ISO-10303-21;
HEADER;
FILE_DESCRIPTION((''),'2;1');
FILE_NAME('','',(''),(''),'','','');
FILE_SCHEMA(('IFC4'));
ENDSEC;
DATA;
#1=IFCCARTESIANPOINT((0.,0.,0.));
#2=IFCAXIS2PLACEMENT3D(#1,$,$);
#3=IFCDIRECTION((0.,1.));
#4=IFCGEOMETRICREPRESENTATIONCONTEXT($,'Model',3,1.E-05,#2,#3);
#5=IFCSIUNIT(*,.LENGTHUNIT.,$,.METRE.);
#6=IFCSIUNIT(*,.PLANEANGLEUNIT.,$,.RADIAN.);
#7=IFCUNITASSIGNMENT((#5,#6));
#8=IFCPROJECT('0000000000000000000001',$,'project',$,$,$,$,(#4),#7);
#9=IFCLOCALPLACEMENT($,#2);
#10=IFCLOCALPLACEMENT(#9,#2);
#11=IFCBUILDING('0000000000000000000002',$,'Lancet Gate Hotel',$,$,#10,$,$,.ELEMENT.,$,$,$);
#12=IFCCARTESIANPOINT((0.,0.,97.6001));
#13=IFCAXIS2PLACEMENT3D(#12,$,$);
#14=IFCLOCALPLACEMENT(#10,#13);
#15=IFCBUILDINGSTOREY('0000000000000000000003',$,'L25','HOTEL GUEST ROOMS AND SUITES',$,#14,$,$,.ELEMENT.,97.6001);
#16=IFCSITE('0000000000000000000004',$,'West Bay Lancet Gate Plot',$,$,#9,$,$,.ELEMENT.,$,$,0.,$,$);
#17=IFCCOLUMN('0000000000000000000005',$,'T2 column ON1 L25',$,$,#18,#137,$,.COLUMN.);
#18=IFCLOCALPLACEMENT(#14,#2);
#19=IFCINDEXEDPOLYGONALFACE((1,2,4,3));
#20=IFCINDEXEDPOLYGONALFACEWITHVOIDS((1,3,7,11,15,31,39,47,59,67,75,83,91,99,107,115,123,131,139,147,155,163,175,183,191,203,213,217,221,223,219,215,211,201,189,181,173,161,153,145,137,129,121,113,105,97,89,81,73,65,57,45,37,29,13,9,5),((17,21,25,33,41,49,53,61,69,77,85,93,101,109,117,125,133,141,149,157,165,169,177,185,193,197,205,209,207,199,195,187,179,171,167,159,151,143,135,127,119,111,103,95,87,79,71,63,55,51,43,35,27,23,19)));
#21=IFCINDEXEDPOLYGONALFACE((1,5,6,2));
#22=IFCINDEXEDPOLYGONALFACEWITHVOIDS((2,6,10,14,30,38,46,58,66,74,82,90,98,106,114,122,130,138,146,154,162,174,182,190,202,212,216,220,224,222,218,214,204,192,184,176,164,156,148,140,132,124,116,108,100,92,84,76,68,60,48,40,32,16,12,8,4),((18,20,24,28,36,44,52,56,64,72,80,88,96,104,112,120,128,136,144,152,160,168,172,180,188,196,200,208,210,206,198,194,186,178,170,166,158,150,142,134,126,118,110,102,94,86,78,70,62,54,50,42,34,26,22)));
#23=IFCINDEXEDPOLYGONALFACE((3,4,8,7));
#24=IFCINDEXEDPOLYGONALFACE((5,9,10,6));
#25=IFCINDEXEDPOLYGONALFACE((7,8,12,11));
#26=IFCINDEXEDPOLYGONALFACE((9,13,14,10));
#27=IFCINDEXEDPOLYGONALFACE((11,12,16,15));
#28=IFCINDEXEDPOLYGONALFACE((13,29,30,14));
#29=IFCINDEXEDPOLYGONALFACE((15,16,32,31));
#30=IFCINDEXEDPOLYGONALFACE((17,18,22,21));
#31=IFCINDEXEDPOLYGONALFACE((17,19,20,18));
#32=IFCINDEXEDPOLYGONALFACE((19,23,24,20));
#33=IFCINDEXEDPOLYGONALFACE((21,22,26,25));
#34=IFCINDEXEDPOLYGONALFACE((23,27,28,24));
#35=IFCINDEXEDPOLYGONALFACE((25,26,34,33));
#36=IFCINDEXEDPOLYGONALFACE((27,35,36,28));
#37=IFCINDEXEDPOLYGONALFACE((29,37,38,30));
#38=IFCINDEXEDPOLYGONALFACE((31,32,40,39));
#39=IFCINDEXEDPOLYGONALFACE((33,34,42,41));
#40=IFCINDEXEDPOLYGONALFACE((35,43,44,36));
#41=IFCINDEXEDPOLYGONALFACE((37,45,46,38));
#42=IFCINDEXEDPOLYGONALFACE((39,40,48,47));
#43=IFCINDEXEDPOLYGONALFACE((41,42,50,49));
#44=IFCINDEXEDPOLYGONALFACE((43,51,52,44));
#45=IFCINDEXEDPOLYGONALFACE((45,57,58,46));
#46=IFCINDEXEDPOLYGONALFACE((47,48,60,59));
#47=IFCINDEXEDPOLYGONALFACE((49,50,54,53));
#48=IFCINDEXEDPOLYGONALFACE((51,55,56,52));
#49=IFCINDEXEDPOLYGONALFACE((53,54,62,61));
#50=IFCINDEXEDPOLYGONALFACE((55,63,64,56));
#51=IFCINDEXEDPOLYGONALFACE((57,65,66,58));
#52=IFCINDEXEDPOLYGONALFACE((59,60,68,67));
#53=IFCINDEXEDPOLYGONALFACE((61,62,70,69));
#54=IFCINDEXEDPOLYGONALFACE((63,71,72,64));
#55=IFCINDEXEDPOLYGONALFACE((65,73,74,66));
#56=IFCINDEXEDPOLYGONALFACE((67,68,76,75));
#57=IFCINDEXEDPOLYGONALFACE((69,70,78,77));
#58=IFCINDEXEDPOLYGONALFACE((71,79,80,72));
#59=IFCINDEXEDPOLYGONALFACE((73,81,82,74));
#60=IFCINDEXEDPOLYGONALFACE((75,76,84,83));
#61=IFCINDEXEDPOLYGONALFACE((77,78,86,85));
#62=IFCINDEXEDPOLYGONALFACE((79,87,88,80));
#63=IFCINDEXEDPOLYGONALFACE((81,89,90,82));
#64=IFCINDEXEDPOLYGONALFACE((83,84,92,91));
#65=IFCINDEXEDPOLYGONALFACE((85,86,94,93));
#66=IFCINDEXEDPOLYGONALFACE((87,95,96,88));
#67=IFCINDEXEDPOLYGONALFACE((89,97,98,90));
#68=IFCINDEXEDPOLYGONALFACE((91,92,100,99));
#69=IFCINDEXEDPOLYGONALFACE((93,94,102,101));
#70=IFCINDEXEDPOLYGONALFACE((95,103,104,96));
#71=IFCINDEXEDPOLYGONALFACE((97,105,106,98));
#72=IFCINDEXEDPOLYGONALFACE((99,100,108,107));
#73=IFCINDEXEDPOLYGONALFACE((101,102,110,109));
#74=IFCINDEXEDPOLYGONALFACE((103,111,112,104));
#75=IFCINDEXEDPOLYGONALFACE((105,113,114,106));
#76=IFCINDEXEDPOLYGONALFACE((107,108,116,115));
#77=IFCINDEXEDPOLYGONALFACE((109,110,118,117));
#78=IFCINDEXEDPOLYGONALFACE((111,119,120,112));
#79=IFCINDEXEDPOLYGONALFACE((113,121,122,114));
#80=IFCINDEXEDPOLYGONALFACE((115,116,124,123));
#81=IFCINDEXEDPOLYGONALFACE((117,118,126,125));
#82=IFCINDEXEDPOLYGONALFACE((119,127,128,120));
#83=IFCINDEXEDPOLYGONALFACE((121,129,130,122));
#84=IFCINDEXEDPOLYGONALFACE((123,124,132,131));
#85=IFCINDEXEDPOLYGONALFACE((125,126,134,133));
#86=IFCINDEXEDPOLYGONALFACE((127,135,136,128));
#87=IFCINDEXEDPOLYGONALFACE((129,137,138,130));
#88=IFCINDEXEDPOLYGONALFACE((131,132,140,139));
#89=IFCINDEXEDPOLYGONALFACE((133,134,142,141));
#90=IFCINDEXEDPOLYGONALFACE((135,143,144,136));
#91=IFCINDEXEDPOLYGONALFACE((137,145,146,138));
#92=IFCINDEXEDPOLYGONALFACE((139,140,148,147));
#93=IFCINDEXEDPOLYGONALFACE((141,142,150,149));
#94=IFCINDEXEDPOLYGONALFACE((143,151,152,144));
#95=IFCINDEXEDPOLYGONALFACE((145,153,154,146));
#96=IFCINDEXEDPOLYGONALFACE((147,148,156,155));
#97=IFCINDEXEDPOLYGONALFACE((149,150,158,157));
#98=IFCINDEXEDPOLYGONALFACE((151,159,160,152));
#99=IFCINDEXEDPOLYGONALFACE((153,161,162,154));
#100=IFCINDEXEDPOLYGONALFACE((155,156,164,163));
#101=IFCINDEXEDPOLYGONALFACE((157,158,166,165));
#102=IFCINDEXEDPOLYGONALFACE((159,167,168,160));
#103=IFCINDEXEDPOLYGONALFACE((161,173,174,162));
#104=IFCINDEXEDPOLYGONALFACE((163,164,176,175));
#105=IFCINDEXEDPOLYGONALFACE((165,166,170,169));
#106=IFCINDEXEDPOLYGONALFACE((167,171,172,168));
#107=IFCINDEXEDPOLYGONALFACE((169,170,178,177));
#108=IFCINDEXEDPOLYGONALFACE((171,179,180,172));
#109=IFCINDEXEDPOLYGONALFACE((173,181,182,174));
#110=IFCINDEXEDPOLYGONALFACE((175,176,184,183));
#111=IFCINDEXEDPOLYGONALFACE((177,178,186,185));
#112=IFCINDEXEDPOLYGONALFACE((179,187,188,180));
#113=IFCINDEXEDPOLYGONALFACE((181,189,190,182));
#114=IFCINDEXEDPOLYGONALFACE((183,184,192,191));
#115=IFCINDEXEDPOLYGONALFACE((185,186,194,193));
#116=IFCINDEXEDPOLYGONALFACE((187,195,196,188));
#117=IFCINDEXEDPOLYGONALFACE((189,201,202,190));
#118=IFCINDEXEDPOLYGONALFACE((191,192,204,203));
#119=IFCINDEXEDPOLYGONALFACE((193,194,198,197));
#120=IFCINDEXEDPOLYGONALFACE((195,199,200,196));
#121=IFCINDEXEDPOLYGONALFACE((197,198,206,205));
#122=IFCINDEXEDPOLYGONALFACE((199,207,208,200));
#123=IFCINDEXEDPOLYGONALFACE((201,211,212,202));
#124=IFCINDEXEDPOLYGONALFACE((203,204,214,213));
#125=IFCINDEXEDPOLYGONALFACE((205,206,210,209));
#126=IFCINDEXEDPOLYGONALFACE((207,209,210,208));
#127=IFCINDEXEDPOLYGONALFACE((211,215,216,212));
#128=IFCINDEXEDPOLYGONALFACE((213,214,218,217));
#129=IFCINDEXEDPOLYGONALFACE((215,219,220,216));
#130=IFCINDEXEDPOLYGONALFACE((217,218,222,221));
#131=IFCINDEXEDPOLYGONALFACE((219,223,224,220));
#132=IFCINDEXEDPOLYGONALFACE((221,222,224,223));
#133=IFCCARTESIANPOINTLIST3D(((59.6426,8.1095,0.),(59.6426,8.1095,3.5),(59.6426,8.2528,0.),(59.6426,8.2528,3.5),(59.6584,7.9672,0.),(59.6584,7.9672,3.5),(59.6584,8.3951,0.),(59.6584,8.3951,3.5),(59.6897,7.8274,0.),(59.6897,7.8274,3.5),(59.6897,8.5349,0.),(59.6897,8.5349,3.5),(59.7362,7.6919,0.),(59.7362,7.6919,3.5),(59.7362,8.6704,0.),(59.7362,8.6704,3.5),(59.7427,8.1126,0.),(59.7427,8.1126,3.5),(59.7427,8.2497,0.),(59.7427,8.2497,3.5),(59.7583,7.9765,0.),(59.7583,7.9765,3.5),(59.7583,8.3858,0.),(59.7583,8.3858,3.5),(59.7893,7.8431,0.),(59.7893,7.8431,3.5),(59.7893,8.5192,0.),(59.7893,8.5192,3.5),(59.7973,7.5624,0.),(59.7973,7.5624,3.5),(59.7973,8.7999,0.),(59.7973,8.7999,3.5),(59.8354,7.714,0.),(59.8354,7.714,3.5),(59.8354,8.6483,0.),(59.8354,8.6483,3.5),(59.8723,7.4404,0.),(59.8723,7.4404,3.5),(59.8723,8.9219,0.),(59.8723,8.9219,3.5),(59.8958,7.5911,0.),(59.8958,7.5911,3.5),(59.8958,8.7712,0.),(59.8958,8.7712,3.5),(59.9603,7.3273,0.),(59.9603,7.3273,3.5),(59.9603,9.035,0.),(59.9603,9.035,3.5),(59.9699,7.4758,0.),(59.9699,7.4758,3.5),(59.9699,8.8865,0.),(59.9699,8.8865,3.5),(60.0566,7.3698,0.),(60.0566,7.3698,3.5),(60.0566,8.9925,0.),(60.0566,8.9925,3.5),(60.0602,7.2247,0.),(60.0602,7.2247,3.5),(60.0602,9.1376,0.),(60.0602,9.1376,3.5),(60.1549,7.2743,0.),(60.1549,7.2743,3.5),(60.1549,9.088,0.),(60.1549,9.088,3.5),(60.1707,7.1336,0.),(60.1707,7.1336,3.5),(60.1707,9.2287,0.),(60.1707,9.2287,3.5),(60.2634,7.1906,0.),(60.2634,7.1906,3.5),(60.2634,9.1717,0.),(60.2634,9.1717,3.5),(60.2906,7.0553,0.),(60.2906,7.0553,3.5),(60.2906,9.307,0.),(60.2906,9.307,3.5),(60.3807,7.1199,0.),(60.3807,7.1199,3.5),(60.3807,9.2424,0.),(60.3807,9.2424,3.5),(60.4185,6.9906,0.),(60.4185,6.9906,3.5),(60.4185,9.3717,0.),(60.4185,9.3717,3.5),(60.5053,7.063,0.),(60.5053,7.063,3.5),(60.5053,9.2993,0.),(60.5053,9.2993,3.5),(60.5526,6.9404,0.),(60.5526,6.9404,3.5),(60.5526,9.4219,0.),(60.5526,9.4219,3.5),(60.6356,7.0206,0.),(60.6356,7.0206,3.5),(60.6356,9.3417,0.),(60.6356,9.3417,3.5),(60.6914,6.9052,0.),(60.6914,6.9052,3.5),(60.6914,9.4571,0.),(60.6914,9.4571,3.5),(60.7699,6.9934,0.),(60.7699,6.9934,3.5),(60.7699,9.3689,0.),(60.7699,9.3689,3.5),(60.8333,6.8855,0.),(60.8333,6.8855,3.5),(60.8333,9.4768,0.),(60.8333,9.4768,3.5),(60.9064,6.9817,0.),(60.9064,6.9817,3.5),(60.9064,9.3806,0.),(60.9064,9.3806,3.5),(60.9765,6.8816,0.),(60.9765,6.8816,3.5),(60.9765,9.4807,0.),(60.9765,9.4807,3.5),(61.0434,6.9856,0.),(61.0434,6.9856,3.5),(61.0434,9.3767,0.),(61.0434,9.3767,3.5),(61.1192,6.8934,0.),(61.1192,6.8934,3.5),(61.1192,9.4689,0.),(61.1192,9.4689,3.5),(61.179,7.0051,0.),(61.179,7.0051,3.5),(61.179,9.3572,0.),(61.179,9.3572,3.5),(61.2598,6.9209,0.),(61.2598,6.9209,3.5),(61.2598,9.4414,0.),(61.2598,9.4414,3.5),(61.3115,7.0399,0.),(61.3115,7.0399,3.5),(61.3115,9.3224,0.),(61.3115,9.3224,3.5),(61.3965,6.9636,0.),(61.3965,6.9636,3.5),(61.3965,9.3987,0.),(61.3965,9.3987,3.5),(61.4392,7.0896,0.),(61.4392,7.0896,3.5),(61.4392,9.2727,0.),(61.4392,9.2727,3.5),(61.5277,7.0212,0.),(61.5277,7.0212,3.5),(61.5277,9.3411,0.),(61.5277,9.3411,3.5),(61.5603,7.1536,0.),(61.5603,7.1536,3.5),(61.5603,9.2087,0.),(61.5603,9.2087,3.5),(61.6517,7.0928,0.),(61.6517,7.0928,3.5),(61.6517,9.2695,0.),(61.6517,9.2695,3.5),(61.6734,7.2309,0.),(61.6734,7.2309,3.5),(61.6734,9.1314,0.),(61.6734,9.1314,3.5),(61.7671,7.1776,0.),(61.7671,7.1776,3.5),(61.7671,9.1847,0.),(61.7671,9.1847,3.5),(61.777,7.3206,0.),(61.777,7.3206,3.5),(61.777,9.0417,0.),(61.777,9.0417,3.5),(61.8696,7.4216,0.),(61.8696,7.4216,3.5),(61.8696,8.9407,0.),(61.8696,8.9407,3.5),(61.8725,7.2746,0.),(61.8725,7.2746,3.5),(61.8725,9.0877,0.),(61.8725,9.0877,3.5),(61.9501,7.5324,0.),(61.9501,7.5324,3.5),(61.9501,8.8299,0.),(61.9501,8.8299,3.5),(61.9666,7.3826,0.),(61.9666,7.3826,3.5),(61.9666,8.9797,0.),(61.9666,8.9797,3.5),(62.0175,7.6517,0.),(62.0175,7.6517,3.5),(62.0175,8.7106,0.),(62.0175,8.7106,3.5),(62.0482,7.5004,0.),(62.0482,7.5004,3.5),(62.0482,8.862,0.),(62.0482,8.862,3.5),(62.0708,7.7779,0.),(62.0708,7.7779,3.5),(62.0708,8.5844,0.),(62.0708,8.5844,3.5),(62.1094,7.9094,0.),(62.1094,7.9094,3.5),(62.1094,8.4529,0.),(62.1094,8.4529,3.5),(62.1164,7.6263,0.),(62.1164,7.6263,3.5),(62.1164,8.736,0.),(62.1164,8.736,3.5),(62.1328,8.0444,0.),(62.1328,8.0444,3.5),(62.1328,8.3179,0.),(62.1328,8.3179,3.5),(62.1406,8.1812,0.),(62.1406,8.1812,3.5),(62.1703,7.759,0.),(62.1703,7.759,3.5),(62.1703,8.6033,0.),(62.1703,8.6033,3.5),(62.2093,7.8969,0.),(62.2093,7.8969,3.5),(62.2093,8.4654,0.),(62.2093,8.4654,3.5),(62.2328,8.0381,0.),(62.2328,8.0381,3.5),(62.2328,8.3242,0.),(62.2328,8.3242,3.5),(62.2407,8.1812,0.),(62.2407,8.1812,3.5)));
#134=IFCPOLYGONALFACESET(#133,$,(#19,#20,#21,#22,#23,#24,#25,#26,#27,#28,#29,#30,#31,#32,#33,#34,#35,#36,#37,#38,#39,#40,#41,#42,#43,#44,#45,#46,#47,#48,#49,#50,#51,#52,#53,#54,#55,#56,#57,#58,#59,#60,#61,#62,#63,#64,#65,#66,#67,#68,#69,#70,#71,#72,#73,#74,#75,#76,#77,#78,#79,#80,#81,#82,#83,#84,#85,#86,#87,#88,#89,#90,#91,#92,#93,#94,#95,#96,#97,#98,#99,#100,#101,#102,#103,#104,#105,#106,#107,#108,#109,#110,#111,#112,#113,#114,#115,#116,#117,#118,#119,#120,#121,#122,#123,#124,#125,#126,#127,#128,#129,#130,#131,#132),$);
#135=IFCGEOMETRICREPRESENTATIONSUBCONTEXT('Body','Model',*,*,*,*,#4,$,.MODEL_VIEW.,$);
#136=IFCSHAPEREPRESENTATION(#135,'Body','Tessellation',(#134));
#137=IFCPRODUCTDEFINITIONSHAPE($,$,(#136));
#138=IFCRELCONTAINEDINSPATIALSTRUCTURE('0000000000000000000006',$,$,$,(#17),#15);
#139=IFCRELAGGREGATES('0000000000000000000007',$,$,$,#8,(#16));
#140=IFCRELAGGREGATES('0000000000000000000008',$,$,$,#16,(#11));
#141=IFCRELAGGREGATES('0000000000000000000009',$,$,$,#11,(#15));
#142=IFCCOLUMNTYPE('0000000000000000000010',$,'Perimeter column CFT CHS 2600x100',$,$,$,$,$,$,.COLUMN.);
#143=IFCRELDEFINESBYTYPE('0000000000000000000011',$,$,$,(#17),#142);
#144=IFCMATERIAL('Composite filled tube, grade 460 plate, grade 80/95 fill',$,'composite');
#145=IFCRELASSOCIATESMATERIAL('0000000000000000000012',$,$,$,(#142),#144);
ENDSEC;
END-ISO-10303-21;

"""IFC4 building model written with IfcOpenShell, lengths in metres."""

from ifc_helpers import new_model, si_unit, direction, frame, origin, origin_2d, place, context, subcontext, project, spatial, hollow_circle, extrude, material, material_profile, profile_set, type_object, element, save


model = new_model("IFC4")

# Units and contexts
model_context = context("Model", 3, precision=1e-05, world=origin(), true_north=direction((0.0, 1.0)))
body_context = subcontext(model_context, "Body", "Model", "MODEL_VIEW")
ifc_project = project(units=[si_unit("LENGTHUNIT", "METRE"), si_unit("PLANEANGLEUNIT", "RADIAN")], contexts=[model_context])

# Site, building, storey
site_placement = place(None, origin())
site = spatial("IfcSite", under=ifc_project, at=site_placement, Name="West Bay Lancet Gate Plot", CompositionType="ELEMENT", RefElevation=0.0)
building_placement = place(site_placement, origin())
building = spatial("IfcBuilding", under=site, at=building_placement, Name="Lancet Gate Hotel", CompositionType="ELEMENT")
storey_placement = place(building_placement, frame((0.0, 0.0, 97.6001)))
storey = spatial("IfcBuildingStorey", under=building, at=storey_placement, Name="L25", Description="HOTEL GUEST ROOMS AND SUITES", CompositionType="ELEMENT", Elevation=97.6001)

# Column
ifc_material_1 = material(Name="Composite filled tube, grade 460 plate, grade 80/95 fill", Category="composite")
ifc_material_profile_1 = material_profile(ifc_material_1, hollow_circle(Radius=1.3, WallThickness=0.1001, at=origin_2d()), Name="CHS 2600x100")
ifc_profile_set_1 = profile_set([ifc_material_profile_1], Name="Composite filled tube, grade 460 plate, grade 80/95 fill")
column_type_1 = type_object("IfcColumnType", Name="Perimeter column CFT CHS 2600x100", PredefinedType="COLUMN", material=ifc_profile_set_1)
for number, where, z_axis, x_axis, name in (
    (1, (60.9407, 8.1812, 0.0), (0.0, 0.0, 1.0), (1.0, 0.0, 0.0), "T2 column ON1 L25"),
):
    element("IfcColumn", number, at=place(storey_placement, frame(where, z_axis=z_axis, x_axis=x_axis)), inside=storey, type_object=column_type_1, Name=name, PredefinedType="COLUMN", context=body_context, shape_type="SweptSolid", body=[
        extrude(hollow_circle(Radius=1.3, WallThickness=0.1001, at=origin_2d()), origin(), (0.0, 0.0, 1.0), 3.5),
    ])

save(model, "model.ifc")
